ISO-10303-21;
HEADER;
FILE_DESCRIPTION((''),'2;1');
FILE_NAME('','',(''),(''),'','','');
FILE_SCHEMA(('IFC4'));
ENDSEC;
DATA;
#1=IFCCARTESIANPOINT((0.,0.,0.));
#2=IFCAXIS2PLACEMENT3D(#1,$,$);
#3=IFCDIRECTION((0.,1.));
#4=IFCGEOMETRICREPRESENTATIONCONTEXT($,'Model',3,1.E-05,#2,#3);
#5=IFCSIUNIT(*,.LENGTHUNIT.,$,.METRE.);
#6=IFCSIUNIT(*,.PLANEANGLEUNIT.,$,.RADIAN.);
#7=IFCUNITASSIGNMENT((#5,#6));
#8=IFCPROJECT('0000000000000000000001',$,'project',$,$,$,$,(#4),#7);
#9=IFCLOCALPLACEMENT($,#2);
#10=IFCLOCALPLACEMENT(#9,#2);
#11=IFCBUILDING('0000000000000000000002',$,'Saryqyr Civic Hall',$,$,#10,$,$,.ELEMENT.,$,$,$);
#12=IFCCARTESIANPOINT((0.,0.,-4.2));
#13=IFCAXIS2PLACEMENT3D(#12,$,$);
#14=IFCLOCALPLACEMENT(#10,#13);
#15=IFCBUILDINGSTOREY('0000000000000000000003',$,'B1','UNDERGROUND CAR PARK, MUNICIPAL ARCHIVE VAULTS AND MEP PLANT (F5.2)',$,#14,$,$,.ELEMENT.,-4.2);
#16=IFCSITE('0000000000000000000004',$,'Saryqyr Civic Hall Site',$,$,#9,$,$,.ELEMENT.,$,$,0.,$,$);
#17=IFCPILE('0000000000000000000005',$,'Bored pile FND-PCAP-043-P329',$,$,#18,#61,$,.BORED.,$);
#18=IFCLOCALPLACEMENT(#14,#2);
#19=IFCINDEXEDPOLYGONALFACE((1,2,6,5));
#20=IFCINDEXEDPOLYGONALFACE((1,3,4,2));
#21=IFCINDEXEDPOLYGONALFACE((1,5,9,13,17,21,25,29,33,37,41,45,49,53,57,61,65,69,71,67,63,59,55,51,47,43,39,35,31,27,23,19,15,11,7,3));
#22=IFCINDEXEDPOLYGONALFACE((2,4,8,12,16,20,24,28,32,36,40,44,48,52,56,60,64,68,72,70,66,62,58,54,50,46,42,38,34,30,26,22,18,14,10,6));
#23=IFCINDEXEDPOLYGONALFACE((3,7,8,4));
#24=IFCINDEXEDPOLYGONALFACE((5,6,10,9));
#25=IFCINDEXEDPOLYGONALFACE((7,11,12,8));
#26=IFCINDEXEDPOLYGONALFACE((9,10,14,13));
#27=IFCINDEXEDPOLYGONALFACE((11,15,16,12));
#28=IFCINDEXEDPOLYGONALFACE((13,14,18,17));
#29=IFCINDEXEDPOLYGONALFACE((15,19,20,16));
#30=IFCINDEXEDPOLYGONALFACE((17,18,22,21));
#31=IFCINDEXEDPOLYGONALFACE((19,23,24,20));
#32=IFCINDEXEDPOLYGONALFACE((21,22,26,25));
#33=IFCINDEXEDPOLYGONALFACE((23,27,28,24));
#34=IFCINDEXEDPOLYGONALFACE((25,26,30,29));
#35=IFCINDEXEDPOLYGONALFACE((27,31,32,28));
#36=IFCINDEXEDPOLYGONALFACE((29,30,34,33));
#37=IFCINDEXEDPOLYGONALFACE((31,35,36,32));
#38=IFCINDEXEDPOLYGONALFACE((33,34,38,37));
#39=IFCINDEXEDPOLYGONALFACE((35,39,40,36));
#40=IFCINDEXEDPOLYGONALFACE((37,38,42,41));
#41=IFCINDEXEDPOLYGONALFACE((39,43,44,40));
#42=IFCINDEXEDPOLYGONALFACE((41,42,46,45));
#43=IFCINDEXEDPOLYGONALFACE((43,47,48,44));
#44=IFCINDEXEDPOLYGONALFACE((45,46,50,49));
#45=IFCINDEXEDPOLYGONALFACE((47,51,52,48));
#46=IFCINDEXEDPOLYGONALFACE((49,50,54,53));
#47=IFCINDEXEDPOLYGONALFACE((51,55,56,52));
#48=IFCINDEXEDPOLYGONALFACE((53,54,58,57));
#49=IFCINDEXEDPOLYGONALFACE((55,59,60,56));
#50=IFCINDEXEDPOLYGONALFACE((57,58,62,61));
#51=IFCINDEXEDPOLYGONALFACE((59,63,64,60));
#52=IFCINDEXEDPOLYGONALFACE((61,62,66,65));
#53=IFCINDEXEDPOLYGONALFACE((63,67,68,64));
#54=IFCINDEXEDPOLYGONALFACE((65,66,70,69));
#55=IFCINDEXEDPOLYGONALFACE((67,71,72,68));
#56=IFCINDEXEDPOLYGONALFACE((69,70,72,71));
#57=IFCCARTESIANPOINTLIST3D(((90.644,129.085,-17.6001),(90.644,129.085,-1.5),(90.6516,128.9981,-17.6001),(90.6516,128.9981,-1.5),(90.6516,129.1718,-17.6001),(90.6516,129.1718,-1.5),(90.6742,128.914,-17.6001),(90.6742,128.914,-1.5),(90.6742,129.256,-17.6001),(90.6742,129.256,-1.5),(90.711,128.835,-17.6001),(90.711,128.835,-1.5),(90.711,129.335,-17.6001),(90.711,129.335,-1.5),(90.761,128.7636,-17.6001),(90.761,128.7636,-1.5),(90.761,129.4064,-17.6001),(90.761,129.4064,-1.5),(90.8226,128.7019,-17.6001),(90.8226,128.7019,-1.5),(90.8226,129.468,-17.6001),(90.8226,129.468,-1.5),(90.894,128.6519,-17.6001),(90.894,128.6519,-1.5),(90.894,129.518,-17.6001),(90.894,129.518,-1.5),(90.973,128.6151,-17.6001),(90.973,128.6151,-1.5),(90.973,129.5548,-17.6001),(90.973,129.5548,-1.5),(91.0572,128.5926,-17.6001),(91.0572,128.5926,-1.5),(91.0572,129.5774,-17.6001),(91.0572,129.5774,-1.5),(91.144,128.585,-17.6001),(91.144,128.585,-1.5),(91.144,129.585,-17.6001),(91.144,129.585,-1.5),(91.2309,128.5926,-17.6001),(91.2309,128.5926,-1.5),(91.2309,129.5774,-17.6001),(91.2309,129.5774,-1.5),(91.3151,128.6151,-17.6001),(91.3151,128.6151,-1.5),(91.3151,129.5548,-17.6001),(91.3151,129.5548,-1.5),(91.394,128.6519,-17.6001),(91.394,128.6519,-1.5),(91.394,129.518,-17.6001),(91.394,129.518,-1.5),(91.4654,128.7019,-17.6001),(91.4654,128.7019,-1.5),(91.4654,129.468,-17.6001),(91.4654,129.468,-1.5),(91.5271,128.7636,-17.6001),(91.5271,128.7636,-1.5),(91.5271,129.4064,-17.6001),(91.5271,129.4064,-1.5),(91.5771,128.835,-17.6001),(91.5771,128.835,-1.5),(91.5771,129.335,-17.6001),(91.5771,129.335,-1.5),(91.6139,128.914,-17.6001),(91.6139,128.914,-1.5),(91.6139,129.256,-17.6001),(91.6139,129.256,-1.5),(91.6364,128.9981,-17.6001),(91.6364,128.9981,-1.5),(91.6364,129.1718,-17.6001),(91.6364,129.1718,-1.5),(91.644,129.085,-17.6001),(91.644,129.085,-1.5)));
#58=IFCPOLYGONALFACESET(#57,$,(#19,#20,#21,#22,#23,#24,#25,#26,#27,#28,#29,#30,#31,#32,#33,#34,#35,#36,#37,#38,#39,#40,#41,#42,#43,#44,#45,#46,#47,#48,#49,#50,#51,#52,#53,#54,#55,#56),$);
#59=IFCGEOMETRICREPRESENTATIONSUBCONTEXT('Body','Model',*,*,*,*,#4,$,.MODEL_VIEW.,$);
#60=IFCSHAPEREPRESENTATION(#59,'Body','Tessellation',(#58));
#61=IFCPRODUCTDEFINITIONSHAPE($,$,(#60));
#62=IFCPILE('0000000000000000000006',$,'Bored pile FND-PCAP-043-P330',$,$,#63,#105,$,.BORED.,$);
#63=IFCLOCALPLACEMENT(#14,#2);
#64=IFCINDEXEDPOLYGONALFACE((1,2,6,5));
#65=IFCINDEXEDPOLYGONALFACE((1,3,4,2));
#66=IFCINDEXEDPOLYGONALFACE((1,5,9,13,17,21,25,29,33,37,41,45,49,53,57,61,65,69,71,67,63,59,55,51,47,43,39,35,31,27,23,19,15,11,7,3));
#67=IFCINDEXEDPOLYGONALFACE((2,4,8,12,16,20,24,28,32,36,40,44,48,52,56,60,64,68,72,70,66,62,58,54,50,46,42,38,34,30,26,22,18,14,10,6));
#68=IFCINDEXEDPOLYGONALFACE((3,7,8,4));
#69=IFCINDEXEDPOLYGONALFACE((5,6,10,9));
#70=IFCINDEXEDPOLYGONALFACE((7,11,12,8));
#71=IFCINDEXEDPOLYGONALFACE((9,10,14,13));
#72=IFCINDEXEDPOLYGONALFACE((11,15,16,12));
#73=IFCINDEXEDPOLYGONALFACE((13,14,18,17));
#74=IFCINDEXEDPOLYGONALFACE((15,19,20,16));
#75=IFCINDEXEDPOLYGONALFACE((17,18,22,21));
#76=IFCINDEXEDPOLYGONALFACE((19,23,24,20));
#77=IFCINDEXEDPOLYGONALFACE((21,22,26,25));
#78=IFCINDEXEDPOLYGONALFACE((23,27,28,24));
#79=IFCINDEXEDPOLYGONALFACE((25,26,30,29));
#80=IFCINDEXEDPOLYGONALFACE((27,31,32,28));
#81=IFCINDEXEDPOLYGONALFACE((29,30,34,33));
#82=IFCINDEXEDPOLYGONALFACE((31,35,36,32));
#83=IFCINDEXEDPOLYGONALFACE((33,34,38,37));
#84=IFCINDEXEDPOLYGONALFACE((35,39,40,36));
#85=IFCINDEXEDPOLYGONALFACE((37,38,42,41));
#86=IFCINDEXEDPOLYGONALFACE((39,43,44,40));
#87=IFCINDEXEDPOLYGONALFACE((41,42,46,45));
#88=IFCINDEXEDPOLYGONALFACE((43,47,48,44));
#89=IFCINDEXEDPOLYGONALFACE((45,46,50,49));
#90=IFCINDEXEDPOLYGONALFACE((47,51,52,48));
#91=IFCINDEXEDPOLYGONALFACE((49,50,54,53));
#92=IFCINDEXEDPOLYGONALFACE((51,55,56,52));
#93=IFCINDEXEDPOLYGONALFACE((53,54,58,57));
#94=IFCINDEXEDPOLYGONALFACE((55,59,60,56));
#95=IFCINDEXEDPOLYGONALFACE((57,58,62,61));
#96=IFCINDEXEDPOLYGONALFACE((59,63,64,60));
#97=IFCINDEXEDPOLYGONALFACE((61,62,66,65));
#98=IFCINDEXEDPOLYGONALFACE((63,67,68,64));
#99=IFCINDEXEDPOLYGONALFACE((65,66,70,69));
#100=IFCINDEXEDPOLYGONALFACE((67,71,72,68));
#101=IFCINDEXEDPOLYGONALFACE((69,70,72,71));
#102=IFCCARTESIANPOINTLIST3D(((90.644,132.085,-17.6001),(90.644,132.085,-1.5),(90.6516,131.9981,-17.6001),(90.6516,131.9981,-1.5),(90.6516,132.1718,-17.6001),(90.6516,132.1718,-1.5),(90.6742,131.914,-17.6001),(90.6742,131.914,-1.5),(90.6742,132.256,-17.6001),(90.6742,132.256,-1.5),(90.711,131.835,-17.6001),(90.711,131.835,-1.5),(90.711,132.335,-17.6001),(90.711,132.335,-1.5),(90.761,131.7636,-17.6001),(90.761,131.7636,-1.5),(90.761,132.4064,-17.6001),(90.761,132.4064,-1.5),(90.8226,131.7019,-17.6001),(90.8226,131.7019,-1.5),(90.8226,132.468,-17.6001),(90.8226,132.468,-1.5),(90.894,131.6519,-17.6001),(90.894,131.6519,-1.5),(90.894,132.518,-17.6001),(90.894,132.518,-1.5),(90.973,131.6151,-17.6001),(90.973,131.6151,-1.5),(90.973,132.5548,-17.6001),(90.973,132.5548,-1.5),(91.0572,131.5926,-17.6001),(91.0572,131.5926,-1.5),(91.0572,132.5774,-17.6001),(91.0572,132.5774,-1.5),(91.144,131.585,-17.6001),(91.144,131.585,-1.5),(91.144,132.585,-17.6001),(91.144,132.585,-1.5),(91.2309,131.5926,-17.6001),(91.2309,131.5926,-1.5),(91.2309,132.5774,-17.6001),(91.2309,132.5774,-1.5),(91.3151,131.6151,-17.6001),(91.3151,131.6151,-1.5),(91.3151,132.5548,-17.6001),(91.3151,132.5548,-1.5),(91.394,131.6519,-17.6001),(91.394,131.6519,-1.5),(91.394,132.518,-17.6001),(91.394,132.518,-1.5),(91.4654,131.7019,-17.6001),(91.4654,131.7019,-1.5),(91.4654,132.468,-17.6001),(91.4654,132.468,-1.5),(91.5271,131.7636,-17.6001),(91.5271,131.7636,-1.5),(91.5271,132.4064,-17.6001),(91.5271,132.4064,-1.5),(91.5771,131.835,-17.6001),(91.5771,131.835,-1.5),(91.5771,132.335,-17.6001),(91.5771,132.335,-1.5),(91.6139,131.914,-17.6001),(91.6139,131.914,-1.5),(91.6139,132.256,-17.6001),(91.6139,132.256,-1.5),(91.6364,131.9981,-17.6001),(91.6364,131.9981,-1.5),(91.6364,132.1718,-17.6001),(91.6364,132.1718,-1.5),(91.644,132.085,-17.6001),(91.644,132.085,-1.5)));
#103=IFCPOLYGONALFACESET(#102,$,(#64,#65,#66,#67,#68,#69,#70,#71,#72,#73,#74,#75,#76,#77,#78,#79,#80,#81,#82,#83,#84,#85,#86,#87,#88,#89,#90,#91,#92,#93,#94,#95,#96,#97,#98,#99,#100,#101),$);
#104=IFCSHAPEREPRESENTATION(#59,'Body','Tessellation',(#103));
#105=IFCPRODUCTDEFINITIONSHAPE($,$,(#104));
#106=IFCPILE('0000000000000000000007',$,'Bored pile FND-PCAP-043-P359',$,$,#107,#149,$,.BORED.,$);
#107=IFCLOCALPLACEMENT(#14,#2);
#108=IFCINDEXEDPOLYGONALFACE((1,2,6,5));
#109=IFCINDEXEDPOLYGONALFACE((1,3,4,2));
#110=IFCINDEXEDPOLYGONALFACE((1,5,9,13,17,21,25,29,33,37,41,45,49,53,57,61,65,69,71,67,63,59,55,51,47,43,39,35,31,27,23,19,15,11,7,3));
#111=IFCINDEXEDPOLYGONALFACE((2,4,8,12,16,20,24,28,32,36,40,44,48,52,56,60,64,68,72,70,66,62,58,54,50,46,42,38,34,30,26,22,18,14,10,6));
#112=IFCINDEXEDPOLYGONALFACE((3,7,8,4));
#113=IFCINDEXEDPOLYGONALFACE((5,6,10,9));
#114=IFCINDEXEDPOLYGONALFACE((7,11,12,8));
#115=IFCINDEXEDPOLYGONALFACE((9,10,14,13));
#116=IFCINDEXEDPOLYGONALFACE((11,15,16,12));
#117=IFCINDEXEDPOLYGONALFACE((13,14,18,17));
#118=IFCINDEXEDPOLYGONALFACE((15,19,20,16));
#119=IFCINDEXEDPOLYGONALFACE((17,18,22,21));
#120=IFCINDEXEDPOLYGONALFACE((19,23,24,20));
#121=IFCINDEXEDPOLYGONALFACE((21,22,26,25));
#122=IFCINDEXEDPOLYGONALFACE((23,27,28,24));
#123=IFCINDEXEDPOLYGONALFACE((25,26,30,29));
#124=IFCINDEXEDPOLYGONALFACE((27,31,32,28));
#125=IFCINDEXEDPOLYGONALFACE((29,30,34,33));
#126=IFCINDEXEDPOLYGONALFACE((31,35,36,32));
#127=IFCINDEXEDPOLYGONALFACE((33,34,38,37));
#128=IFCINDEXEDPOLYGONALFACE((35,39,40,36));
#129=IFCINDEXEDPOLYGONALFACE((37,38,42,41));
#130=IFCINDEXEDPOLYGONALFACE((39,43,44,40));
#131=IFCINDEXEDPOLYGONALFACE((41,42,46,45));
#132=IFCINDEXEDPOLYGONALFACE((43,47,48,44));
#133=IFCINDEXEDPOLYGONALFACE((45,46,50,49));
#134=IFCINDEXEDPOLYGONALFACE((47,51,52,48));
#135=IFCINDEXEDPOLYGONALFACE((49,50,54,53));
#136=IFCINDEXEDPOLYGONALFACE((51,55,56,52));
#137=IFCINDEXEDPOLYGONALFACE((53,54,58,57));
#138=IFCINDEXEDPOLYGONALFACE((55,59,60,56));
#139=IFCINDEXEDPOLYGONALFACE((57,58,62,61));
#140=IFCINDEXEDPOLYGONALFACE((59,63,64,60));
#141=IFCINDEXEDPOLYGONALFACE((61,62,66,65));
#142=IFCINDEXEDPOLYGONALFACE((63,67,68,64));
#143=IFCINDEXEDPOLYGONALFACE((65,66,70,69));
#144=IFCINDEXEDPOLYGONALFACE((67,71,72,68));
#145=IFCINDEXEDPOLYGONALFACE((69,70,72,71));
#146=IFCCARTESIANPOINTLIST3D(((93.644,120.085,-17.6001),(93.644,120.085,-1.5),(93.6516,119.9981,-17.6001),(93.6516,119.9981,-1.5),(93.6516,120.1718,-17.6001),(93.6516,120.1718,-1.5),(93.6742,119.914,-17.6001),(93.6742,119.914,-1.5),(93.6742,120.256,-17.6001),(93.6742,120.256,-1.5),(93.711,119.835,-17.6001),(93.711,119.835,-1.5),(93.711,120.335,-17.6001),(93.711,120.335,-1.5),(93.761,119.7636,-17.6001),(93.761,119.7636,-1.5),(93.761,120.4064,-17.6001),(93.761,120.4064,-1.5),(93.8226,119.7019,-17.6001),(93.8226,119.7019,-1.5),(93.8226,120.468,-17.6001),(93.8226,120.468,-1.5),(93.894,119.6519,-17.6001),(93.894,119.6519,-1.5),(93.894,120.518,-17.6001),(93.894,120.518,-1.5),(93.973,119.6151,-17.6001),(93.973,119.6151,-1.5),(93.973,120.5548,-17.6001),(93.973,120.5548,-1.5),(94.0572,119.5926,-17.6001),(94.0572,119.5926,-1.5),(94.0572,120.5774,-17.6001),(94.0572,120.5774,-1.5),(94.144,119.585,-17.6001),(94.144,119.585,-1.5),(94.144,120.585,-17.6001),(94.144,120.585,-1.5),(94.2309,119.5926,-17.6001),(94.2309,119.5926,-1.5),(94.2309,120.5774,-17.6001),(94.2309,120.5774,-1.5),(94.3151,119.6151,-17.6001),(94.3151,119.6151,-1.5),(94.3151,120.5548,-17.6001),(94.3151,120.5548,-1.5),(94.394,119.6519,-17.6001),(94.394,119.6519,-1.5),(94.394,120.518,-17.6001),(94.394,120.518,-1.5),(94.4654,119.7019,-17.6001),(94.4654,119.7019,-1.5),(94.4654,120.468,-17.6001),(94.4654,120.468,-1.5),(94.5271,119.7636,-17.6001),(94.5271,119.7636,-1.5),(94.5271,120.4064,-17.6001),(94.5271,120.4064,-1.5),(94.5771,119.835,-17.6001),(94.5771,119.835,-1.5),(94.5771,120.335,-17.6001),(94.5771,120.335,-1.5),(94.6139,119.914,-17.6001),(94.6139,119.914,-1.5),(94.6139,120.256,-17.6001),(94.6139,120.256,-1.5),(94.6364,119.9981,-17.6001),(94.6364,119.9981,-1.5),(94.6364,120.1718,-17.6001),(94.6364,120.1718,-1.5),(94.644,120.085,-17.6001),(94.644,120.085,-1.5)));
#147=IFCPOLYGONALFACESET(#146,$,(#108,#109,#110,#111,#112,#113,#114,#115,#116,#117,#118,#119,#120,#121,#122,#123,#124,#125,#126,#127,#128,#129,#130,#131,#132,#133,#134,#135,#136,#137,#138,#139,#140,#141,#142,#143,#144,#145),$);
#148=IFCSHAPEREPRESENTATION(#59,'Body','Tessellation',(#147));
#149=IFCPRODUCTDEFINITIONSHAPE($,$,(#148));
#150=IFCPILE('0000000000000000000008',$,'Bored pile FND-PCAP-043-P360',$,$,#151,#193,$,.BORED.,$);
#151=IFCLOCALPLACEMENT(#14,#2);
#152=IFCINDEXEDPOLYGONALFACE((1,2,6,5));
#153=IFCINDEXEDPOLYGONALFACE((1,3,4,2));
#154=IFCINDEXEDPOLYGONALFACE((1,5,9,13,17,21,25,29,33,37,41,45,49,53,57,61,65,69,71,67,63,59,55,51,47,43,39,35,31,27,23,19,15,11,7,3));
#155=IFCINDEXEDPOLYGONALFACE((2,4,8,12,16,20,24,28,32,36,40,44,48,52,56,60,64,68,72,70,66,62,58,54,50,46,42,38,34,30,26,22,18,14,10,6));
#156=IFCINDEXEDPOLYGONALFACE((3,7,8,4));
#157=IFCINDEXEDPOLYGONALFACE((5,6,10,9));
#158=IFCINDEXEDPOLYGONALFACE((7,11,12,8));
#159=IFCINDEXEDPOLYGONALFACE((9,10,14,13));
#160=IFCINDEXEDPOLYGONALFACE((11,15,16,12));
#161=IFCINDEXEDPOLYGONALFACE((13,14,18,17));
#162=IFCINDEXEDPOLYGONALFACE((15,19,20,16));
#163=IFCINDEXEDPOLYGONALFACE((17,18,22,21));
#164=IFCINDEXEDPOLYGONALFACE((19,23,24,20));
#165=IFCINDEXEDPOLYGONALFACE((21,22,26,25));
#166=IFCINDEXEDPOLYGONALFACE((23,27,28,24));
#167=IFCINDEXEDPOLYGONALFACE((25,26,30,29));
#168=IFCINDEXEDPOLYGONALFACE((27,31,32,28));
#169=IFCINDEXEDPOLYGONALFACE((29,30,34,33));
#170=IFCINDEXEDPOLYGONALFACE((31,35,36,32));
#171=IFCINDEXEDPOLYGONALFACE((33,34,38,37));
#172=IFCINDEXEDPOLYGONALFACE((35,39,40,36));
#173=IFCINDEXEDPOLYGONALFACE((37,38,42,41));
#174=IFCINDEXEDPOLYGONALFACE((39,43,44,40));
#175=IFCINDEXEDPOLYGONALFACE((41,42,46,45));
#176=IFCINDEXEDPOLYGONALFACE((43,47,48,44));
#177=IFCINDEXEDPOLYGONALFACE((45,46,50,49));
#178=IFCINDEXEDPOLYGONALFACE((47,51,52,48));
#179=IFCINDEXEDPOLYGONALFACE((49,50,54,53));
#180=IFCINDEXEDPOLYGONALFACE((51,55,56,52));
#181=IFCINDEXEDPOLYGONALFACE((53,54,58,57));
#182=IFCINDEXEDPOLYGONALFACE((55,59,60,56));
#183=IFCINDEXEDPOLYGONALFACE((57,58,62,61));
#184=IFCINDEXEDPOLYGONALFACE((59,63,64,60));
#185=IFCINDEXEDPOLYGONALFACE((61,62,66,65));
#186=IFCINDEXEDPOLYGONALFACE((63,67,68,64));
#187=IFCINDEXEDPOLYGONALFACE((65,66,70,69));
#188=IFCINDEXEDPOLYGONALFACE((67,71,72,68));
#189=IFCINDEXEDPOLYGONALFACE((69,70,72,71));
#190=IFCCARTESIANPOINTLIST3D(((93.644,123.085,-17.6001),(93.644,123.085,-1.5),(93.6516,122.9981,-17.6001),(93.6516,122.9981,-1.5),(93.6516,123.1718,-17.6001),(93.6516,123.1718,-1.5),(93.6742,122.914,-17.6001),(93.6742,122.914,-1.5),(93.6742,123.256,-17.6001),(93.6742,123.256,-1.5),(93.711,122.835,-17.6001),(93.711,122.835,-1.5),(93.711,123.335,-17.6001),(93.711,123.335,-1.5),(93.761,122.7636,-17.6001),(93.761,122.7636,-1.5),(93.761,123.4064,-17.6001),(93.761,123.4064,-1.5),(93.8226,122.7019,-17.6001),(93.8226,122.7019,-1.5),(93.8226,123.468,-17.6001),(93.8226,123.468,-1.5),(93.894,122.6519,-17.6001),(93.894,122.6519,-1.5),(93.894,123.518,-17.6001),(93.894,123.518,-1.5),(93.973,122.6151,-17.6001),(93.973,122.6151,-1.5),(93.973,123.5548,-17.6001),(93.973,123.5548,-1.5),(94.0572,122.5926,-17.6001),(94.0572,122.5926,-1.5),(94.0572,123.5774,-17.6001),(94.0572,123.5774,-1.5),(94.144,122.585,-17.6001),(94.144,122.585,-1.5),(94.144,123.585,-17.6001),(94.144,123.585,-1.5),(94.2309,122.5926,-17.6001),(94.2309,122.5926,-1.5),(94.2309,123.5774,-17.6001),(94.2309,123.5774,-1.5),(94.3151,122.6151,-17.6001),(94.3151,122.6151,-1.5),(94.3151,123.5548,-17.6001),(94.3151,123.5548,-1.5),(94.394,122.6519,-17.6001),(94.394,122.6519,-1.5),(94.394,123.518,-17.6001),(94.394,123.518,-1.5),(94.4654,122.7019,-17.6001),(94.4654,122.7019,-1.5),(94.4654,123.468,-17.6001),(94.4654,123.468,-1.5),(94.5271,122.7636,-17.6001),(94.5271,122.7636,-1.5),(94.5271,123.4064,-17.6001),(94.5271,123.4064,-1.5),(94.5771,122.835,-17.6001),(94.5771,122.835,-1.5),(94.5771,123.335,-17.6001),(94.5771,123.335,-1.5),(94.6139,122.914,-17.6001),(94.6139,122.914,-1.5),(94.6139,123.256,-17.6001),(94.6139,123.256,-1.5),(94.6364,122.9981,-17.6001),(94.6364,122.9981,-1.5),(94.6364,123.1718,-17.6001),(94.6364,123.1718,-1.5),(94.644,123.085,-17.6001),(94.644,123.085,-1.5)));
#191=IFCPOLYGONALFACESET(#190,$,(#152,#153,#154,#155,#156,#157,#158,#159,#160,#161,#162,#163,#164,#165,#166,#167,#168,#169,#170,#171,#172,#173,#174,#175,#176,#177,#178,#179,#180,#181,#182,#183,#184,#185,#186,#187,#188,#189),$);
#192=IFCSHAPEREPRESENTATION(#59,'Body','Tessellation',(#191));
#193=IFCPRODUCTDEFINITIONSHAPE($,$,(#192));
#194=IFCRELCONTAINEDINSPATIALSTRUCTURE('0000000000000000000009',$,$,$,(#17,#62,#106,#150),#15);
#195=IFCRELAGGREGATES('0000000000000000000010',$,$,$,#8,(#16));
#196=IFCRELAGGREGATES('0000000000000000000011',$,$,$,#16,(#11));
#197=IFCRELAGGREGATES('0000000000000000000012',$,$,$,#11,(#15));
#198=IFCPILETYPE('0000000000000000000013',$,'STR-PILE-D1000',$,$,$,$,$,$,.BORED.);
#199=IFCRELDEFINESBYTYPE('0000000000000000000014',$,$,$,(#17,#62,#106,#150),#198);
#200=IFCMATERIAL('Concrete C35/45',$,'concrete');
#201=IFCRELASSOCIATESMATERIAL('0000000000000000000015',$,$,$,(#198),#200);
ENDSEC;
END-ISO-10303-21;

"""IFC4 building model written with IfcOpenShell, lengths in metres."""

from ifc_helpers import new_model, si_unit, direction, frame, origin, origin_2d, place, context, subcontext, project, spatial, circle, extrude, material, material_profile, profile_set, type_object, element, save


model = new_model("IFC4")

# Units and contexts
model_context = context("Model", 3, precision=1e-05, world=origin(), true_north=direction((0.0, 1.0)))
body_context = subcontext(model_context, "Body", "Model", "MODEL_VIEW")
ifc_project = project(units=[si_unit("LENGTHUNIT", "METRE"), si_unit("PLANEANGLEUNIT", "RADIAN")], contexts=[model_context])

# Site, building, storey
site_placement = place(None, origin())
site = spatial("IfcSite", under=ifc_project, at=site_placement, Name="Saryqyr Civic Hall Site", CompositionType="ELEMENT", RefElevation=0.0)
building_placement = place(site_placement, origin())
building = spatial("IfcBuilding", under=site, at=building_placement, Name="Saryqyr Civic Hall", CompositionType="ELEMENT")
storey_placement = place(building_placement, frame((0.0, 0.0, -4.2)))
storey = spatial("IfcBuildingStorey", under=building, at=storey_placement, Name="B1", Description="UNDERGROUND CAR PARK, MUNICIPAL ARCHIVE VAULTS AND MEP PLANT (F5.2)", CompositionType="ELEMENT", Elevation=-4.2)

# Piles
ifc_material_1 = material(Name="Concrete C35/45", Category="concrete")
ifc_material_profile_1 = material_profile(ifc_material_1, circle(Radius=0.5, at=origin_2d()), Name="BORED PILE D1000")
ifc_profile_set_1 = profile_set([ifc_material_profile_1], Name="Concrete C35/45")
pile_type = type_object("IfcPileType", Name="STR-PILE-D1000", PredefinedType="BORED", material=ifc_profile_set_1)
for number, where, z_axis, x_axis, name in (
    (1, (91.144, 129.085, -1.5), (0.0, 0.0, -1.0), (1.0, 0.0, 0.0), "Bored pile FND-PCAP-043-P329"),
    (2, (91.144, 132.085, -1.5), (0.0, 0.0, -1.0), (1.0, 0.0, 0.0), "Bored pile FND-PCAP-043-P330"),
    (3, (94.144, 120.085, -1.5), (0.0, 0.0, -1.0), (1.0, 0.0, 0.0), "Bored pile FND-PCAP-043-P359"),
    (4, (94.144, 123.085, -1.5), (0.0, 0.0, -1.0), (1.0, 0.0, 0.0), "Bored pile FND-PCAP-043-P360"),
):
    element("IfcPile", number, at=place(storey_placement, frame(where, z_axis=z_axis, x_axis=x_axis)), inside=storey, type_object=pile_type, Name=name, PredefinedType="BORED", context=body_context, shape_type="SweptSolid", body=[
        extrude(circle(Radius=0.5, at=origin_2d()), origin(), (0.0, 0.0, 1.0), 16.1001),
    ])

save(model, "model.ifc")
